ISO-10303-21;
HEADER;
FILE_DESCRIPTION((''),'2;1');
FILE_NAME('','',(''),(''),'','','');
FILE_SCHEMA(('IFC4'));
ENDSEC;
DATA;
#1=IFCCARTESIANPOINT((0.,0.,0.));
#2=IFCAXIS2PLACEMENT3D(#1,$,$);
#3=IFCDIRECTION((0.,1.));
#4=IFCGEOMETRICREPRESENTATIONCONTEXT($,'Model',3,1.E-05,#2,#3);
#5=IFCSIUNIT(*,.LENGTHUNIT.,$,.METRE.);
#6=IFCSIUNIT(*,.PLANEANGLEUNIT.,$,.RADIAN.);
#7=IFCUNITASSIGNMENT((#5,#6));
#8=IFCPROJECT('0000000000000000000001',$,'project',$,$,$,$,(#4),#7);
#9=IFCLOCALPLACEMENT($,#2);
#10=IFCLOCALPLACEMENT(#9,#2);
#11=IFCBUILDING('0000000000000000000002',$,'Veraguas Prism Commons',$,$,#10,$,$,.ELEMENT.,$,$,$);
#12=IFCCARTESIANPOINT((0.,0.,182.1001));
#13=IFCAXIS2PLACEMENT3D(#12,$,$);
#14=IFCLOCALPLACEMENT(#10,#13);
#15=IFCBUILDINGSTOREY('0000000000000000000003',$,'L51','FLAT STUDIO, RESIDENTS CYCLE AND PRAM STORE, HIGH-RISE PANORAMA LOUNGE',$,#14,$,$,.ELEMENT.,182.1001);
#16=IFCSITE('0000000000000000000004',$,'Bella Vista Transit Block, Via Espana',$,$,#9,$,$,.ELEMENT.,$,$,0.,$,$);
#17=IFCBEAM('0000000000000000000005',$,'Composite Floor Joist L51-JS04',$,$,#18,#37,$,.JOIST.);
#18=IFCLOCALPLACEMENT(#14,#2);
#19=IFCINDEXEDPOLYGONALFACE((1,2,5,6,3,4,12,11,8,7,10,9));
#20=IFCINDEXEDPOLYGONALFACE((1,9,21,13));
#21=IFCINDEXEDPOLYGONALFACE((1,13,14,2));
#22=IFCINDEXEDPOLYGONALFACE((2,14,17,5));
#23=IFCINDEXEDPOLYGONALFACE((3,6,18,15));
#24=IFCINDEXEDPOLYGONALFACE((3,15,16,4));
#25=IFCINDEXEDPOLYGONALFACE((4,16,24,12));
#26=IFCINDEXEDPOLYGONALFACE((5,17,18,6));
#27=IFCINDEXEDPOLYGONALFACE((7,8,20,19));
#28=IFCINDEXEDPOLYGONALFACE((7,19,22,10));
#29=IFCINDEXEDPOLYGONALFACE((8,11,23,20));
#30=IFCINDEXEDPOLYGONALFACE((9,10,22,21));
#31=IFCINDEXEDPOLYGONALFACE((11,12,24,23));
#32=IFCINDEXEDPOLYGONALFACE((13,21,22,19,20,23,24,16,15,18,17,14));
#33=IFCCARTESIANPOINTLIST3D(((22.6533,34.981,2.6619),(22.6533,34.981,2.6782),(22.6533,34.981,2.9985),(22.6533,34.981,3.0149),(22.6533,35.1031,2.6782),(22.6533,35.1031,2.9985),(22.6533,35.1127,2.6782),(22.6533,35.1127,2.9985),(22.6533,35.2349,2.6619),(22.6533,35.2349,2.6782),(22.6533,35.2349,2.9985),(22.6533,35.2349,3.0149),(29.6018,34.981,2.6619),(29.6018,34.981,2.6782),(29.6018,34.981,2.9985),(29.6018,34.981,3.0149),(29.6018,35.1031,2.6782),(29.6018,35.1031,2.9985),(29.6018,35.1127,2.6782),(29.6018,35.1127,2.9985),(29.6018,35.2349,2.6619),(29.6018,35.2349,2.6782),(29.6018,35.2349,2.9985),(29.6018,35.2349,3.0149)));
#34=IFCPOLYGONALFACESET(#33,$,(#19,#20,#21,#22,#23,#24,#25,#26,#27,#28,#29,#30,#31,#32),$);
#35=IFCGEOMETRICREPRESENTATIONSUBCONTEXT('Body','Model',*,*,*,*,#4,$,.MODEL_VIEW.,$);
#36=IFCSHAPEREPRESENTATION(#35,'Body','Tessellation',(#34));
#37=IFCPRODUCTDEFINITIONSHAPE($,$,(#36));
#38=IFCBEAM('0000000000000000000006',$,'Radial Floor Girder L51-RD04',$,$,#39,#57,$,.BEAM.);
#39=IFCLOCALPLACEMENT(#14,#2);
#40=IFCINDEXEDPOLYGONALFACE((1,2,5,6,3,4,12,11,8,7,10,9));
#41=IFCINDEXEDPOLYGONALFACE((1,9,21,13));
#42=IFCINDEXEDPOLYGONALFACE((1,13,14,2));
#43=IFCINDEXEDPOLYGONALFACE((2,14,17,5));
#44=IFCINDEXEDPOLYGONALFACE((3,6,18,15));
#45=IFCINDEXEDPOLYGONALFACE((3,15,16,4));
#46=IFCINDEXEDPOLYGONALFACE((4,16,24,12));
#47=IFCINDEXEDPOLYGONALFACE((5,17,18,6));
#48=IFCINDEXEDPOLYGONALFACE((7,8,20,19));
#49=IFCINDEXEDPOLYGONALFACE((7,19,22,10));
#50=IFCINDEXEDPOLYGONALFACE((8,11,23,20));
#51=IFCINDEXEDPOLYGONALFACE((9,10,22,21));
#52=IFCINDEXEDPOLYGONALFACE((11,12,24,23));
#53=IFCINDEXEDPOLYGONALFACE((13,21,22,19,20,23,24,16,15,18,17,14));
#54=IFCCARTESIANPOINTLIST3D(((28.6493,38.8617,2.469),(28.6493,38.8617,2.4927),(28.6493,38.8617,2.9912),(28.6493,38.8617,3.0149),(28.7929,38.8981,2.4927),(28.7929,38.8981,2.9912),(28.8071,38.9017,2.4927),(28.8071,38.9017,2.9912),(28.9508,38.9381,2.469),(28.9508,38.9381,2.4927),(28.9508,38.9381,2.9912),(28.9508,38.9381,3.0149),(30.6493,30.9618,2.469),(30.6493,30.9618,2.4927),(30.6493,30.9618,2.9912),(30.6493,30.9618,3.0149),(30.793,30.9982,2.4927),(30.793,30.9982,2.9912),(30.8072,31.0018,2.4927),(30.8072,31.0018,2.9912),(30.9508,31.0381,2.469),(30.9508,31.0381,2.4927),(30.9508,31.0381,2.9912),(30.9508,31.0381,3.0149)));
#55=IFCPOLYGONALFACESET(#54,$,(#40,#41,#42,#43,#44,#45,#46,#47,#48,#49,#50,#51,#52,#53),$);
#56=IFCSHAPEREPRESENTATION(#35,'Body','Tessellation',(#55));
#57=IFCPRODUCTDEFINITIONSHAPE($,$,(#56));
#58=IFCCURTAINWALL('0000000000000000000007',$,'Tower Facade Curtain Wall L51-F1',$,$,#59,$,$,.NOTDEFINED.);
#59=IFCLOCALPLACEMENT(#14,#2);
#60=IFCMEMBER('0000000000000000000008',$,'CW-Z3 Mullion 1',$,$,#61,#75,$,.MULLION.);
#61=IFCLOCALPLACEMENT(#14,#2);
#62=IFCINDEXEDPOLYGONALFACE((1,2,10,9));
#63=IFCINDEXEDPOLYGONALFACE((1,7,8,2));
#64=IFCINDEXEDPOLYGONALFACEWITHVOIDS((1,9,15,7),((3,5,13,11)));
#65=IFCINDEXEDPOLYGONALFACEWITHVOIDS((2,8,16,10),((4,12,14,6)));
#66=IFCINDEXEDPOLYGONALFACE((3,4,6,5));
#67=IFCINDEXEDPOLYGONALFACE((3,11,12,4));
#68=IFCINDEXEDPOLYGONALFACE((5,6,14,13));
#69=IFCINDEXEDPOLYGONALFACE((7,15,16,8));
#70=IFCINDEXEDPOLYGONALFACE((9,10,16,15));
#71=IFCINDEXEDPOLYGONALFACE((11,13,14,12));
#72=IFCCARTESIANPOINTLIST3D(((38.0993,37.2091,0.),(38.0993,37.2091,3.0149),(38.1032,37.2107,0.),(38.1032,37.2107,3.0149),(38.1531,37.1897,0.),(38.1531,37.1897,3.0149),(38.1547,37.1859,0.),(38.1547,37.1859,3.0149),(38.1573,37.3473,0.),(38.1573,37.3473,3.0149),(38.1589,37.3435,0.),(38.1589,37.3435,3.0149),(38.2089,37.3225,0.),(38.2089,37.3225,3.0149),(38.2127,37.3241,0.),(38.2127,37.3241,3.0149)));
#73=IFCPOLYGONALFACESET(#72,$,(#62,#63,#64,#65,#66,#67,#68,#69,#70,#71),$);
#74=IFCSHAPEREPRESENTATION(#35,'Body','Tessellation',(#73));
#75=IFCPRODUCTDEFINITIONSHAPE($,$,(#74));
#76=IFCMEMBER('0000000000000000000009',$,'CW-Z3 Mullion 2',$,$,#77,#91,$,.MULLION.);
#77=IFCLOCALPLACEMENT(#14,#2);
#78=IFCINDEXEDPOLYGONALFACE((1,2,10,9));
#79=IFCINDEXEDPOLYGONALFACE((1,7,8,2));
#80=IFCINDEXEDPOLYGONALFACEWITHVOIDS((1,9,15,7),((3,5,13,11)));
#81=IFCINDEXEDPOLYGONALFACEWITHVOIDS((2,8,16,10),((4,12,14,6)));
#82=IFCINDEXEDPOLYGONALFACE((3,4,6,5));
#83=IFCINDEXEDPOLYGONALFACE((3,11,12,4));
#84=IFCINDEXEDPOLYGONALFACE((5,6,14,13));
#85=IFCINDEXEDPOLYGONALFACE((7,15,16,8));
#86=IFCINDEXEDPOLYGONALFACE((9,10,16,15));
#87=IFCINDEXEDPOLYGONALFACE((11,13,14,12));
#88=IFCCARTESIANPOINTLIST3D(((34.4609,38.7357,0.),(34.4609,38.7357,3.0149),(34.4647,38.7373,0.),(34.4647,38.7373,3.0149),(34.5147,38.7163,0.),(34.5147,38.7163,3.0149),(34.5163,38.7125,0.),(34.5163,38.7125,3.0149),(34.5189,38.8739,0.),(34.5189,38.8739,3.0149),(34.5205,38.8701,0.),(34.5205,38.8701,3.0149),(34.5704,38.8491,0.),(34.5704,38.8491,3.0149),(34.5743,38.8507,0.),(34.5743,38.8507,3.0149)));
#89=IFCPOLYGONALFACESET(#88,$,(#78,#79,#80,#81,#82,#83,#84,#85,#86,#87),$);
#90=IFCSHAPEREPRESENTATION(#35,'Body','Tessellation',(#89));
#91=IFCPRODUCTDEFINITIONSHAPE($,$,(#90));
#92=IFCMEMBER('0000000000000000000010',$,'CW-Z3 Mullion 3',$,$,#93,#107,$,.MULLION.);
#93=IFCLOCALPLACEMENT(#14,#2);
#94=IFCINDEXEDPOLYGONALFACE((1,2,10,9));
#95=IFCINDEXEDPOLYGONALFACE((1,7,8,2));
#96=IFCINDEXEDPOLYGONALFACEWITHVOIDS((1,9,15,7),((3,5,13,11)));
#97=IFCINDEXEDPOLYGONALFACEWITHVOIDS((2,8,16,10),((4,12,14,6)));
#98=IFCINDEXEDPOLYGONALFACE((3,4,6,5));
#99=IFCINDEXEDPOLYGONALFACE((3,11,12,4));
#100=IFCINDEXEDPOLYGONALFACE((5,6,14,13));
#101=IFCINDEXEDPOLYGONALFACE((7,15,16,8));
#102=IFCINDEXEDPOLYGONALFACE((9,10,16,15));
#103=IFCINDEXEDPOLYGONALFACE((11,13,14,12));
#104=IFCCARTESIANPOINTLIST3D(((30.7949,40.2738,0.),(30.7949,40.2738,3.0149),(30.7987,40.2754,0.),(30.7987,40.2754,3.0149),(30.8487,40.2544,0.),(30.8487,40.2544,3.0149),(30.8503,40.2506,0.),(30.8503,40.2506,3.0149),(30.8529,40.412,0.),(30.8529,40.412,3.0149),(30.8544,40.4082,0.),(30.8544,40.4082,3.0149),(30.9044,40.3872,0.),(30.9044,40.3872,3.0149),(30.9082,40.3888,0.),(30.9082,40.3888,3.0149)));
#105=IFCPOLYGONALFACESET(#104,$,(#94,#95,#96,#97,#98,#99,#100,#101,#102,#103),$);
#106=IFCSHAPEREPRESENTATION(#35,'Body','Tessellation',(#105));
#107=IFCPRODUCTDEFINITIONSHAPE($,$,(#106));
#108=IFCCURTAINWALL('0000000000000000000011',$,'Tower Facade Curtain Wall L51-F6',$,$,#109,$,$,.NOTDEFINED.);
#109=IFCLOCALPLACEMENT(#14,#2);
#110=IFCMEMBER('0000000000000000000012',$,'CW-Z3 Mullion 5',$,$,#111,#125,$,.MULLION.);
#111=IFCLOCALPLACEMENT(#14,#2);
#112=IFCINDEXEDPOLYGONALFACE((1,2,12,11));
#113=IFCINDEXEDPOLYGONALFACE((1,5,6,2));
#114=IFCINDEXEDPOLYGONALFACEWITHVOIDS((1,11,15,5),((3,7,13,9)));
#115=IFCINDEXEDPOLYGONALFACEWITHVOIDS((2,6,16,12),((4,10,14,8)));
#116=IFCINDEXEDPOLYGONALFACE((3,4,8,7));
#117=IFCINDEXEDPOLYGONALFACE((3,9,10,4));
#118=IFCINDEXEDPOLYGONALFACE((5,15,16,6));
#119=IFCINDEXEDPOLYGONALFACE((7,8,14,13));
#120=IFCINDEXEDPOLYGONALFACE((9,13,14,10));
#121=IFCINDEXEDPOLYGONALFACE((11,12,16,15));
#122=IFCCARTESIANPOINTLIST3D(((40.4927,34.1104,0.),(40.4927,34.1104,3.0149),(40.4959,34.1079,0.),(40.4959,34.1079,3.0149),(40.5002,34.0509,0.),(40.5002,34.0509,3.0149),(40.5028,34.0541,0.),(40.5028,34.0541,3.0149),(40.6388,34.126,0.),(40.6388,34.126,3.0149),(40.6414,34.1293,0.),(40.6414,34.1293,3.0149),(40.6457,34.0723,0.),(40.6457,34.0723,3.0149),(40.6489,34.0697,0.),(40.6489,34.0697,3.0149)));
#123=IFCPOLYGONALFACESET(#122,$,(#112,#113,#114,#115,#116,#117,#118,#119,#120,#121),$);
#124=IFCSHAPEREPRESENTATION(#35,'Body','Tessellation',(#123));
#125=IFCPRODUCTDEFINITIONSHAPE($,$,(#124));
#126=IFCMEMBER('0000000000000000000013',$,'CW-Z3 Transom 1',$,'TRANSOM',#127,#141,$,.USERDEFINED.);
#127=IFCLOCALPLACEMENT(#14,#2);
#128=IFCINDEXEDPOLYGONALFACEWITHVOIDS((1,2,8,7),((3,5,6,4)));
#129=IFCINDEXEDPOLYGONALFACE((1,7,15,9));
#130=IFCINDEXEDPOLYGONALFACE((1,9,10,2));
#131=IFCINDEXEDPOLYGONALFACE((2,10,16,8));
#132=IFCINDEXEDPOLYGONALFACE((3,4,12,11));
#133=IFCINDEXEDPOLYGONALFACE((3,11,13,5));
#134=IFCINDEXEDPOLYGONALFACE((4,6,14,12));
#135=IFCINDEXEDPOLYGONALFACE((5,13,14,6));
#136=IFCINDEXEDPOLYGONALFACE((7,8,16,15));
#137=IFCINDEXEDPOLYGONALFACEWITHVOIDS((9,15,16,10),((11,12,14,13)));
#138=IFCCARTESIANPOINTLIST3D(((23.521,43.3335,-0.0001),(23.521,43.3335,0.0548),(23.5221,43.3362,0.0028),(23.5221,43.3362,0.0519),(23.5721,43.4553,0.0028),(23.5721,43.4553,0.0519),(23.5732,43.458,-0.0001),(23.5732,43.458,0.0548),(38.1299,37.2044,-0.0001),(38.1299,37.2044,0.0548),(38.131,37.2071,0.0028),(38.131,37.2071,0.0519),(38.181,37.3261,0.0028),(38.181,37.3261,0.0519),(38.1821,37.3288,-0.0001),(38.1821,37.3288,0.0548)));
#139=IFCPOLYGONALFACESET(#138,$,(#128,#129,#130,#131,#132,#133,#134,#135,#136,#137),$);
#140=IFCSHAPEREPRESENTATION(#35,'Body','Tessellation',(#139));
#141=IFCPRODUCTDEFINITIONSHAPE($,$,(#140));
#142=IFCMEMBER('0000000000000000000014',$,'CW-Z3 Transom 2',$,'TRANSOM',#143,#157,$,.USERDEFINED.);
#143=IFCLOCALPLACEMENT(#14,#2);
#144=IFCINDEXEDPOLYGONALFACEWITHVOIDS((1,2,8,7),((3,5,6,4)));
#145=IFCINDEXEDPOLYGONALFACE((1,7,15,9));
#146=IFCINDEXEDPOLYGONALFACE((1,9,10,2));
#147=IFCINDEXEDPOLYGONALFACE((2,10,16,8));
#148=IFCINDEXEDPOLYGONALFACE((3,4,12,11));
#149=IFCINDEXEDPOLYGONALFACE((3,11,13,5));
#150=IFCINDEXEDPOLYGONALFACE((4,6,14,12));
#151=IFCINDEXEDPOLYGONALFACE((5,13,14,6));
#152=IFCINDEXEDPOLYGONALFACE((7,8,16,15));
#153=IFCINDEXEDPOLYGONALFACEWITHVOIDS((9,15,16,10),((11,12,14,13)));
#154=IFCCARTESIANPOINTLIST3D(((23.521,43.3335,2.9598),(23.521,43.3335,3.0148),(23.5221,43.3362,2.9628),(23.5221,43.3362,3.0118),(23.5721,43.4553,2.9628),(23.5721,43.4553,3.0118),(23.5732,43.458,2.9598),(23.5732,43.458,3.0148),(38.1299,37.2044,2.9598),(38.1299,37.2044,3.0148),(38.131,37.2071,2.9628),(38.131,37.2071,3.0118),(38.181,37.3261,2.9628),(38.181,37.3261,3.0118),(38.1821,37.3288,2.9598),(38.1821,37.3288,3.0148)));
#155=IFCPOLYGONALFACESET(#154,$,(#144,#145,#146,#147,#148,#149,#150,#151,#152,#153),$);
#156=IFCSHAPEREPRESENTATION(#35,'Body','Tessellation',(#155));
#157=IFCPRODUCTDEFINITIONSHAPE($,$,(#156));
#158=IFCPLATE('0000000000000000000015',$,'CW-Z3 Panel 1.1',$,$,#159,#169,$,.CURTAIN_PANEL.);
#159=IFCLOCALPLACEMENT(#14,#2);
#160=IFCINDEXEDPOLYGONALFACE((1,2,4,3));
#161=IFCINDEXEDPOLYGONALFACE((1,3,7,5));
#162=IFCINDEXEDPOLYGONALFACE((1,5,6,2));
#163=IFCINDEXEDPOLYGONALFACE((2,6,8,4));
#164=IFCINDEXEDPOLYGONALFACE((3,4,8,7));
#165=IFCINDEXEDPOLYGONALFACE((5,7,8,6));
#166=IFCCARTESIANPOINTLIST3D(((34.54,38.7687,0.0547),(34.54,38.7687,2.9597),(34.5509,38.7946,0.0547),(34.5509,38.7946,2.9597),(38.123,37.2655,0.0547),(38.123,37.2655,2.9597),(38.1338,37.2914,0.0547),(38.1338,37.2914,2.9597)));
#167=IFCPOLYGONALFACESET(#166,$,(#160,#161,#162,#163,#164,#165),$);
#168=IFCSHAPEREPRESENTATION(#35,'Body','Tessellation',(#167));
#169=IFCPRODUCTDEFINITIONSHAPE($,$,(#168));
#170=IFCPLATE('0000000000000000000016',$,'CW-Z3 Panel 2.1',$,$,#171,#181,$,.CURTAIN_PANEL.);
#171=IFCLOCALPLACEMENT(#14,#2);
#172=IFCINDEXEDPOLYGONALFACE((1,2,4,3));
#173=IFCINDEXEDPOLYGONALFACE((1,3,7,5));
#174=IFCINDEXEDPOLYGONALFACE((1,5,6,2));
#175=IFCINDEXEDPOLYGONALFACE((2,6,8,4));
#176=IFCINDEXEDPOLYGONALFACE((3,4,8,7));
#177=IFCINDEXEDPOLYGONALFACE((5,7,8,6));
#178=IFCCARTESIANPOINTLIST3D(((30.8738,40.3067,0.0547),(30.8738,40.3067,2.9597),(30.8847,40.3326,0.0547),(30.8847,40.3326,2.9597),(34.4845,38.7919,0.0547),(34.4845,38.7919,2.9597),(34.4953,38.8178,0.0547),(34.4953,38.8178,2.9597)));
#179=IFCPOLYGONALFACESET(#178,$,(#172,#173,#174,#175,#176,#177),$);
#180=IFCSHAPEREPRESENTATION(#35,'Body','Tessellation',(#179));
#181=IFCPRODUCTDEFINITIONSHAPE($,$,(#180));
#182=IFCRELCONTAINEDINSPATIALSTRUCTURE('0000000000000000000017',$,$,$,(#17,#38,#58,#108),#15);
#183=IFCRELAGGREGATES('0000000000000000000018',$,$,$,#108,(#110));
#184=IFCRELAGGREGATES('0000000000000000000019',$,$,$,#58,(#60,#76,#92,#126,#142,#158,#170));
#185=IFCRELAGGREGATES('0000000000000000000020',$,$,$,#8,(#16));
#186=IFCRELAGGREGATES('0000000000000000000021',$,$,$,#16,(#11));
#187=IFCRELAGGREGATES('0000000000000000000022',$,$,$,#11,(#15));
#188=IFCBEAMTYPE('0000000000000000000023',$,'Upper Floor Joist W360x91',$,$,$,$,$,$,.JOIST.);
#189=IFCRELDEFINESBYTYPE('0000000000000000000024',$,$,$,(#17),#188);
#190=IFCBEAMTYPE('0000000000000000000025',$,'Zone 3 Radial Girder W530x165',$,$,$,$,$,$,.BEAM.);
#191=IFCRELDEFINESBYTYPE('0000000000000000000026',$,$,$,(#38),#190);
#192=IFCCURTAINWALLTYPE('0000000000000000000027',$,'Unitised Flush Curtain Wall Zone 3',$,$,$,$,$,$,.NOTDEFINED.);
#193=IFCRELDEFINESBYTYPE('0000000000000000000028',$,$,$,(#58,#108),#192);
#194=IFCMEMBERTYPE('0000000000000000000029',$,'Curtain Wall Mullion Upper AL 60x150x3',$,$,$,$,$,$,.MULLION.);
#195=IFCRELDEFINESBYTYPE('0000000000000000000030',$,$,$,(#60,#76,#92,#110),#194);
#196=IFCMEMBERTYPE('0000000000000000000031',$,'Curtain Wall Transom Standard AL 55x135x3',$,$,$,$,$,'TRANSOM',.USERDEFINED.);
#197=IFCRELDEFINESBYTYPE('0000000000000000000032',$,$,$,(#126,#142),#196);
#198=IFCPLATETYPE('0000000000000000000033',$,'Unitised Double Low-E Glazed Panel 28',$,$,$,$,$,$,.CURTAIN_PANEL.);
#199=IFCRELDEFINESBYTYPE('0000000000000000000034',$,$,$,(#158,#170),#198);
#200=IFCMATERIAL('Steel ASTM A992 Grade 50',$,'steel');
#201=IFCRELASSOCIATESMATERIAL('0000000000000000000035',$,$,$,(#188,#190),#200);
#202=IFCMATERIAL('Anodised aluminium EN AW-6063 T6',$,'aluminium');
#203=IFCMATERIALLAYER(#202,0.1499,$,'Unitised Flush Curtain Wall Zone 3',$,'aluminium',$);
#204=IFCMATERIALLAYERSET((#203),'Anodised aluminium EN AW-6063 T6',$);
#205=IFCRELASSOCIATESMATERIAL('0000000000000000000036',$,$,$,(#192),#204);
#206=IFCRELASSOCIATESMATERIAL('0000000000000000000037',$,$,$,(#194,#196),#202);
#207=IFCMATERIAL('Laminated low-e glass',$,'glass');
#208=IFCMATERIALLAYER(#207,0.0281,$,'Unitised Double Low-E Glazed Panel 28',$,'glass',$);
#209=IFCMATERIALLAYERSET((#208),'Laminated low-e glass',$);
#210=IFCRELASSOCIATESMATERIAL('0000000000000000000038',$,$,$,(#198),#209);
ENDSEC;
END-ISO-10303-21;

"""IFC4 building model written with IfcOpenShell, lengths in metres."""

from ifc_helpers import new_model, si_unit, direction, frame, origin, origin_2d, place, context, subcontext, project, spatial, rectangle, hollow_rectangle, i_section, extrude, source, transform, mapped, material, layer, layer_set, material_profile, profile_set, type_object, element, aggregate, save


model = new_model("IFC4")

# Units and contexts
model_context = context("Model", 3, precision=1e-05, world=origin(), true_north=direction((0.0, 1.0)))
body_context = subcontext(model_context, "Body", "Model", "MODEL_VIEW")
ifc_project = project(units=[si_unit("LENGTHUNIT", "METRE"), si_unit("PLANEANGLEUNIT", "RADIAN")], contexts=[model_context])

# Site, building, storey
site_placement = place(None, origin())
site = spatial("IfcSite", under=ifc_project, at=site_placement, Name="Bella Vista Transit Block, Via Espana", CompositionType="ELEMENT", RefElevation=0.0)
building_placement = place(site_placement, origin())
building = spatial("IfcBuilding", under=site, at=building_placement, Name="Veraguas Prism Commons", CompositionType="ELEMENT")
storey_placement = place(building_placement, frame((0.0, 0.0, 182.1001)))
storey = spatial("IfcBuildingStorey", under=building, at=storey_placement, Name="L51", Description="FLAT STUDIO, RESIDENTS CYCLE AND PRAM STORE, HIGH-RISE PANORAMA LOUNGE", CompositionType="ELEMENT", Elevation=182.1001)

# Beams
ifc_material_1 = material(Name="Steel ASTM A992 Grade 50", Category="steel")
ifc_material_profile_1 = material_profile(ifc_material_1, i_section(OverallWidth=0.2539, OverallDepth=0.353, WebThickness=0.0095, FlangeThickness=0.0164, at=origin_2d()), Name="W360X91")
ifc_profile_set_1 = profile_set([ifc_material_profile_1], Name="Steel ASTM A992 Grade 50")
beam_type_1 = type_object("IfcBeamType", Name="Upper Floor Joist W360x91", PredefinedType="JOIST", material=ifc_profile_set_1)
beam_1_placement = place(storey_placement, frame((29.6018, 35.1079, 2.8384), z_axis=(-1.0, 0.0, 0.0), x_axis=(0.0, -1.0, 0.0)))
element("IfcBeam", 1, at=beam_1_placement, inside=storey, type_object=beam_type_1, Name="Composite Floor Joist L51-JS04", PredefinedType="JOIST", context=body_context, shape_type="SweptSolid", body=[
    extrude(i_section(OverallWidth=0.2539, OverallDepth=0.353, WebThickness=0.0095, FlangeThickness=0.0164, at=origin_2d()), origin(), (0.0, 0.0, 1.0), 6.9485),
])
ifc_material_profile_2 = material_profile(ifc_material_1, i_section(OverallWidth=0.311, OverallDepth=0.5459, WebThickness=0.0146, FlangeThickness=0.0237, at=origin_2d()), Name="W530X165")
ifc_profile_set_2 = profile_set([ifc_material_profile_2], Name="Steel ASTM A992 Grade 50")
beam_type_2 = type_object("IfcBeamType", Name="Zone 3 Radial Girder W530x165", PredefinedType="BEAM", material=ifc_profile_set_2)
beam_2_placement = place(storey_placement, frame((28.8, 38.8999, 2.7419), z_axis=(0.245425, -0.969416, 0.0), x_axis=(0.969416, 0.245425, 0.0)))
element("IfcBeam", 2, at=beam_2_placement, inside=storey, type_object=beam_type_2, Name="Radial Floor Girder L51-RD04", PredefinedType="BEAM", context=body_context, shape_type="SweptSolid", body=[
    extrude(i_section(OverallWidth=0.311, OverallDepth=0.5459, WebThickness=0.0146, FlangeThickness=0.0237, at=origin_2d()), origin(), (0.0, 0.0, 1.0), 8.1492),
])

# Curtain wall, members
ifc_material_2 = material(Name="Anodised aluminium EN AW-6063 T6", Category="aluminium")
ifc_layer_1 = layer(ifc_material_2, 0.1499, Name="Unitised Flush Curtain Wall Zone 3", Category="aluminium")
ifc_layer_set_1 = layer_set([ifc_layer_1], Name="Anodised aluminium EN AW-6063 T6")
curtain_wall_type = type_object("IfcCurtainWallType", Name="Unitised Flush Curtain Wall Zone 3", PredefinedType="NOTDEFINED", material=ifc_layer_set_1)
curtain_wall_1_placement = place(storey_placement, origin())
curtain_wall_1 = element("IfcCurtainWall", 3, at=curtain_wall_1_placement, inside=storey, type_object=curtain_wall_type, Name="Tower Facade Curtain Wall L51-F1", PredefinedType="NOTDEFINED")
ifc_material_profile_3 = material_profile(ifc_material_2, hollow_rectangle(XDim=0.0601, YDim=0.1499, WallThickness=0.0029, at=origin_2d()), Name="AL60X150X3")
ifc_profile_set_3 = profile_set([ifc_material_profile_3], Name="Anodised aluminium EN AW-6063 T6")
member_type_1 = type_object("IfcMemberType", Name="Curtain Wall Mullion Upper AL 60x150x3", PredefinedType="MULLION", material=ifc_profile_set_3)
shared_shape_1 = source(origin(), body_context, "Body", "SweptSolid", [
    extrude(hollow_rectangle(XDim=0.0601, YDim=0.1499, WallThickness=0.0029, at=origin_2d()), origin(), (0.0, 0.0, 1.0), 3.0149),
])
member_1_placement = place(storey_placement, frame((38.156, 37.2666, 0.0), z_axis=(0.0, 0.0, 1.0), x_axis=(-0.922134, 0.38687, 0.0)))
member_1 = element("IfcMember", 4, at=member_1_placement, type_object=member_type_1, Name="CW-Z3 Mullion 1", PredefinedType="MULLION", context=body_context, shape_type="MappedRepresentation", body=[
    mapped(shared_shape_1, transform((0.0, 0.0, 0.0), scale=1.0)),
])
member_2_placement = place(storey_placement, frame((34.5176, 38.7932, 0.0), z_axis=(0.0, 0.0, 1.0), x_axis=(-0.922134, 0.38687, 0.0)))
member_2 = element("IfcMember", 5, at=member_2_placement, type_object=member_type_1, Name="CW-Z3 Mullion 2", PredefinedType="MULLION", context=body_context, shape_type="MappedRepresentation", body=[
    mapped(shared_shape_1, transform((0.0, 0.0, 0.0), scale=1.0)),
])
member_3_placement = place(storey_placement, frame((30.8516, 40.3313, 0.0), z_axis=(0.0, 0.0, 1.0), x_axis=(-0.922134, 0.38687, 0.0)))
member_3 = element("IfcMember", 6, at=member_3_placement, type_object=member_type_1, Name="CW-Z3 Mullion 3", PredefinedType="MULLION", context=body_context, shape_type="MappedRepresentation", body=[
    mapped(shared_shape_1, transform((0.0, 0.0, 0.0), scale=1.0)),
])

# Curtain wall, member
curtain_wall_2_placement = place(storey_placement, origin())
curtain_wall_2 = element("IfcCurtainWall", 7, at=curtain_wall_2_placement, inside=storey, type_object=curtain_wall_type, Name="Tower Facade Curtain Wall L51-F6", PredefinedType="NOTDEFINED")
member_4_placement = place(storey_placement, frame((40.5708, 34.0901, 0.0), z_axis=(0.0, 0.0, 1.0), x_axis=(-0.126019, 0.992028, 0.0)))
member_4 = element("IfcMember", 8, at=member_4_placement, type_object=member_type_1, Name="CW-Z3 Mullion 5", PredefinedType="MULLION", context=body_context, shape_type="MappedRepresentation", body=[
    mapped(shared_shape_1, transform((0.0, 0.0, 0.0), scale=1.0)),
])
aggregate(curtain_wall_2, [member_4])

# Members
ifc_material_profile_4 = material_profile(ifc_material_2, hollow_rectangle(XDim=0.0549, YDim=0.135, WallThickness=0.0029, at=origin_2d()), Name="AL55X135X3")
ifc_profile_set_4 = profile_set([ifc_material_profile_4], Name="Anodised aluminium EN AW-6063 T6")
member_type_2 = type_object("IfcMemberType", Name="Curtain Wall Transom Standard AL 55x135x3", ElementType="TRANSOM", PredefinedType="USERDEFINED", material=ifc_profile_set_4)
shared_shape_2 = source(origin(), body_context, "Body", "SweptSolid", [
    extrude(hollow_rectangle(XDim=0.0549, YDim=0.135, WallThickness=0.0029, at=origin_2d()), origin(), (0.0, 0.0, 1.0), 15.8425),
])
member_5_placement = place(storey_placement, frame((38.156, 37.2666, 0.0273), z_axis=(-0.92213, 0.386879, 0.0), x_axis=(0.0, 0.0, 1.0)))
member_5 = element("IfcMember", 9, at=member_5_placement, type_object=member_type_2, Name="CW-Z3 Transom 1", ObjectType="TRANSOM", PredefinedType="USERDEFINED", context=body_context, shape_type="MappedRepresentation", body=[
    mapped(shared_shape_2, transform((0.0, 0.0, 0.0), scale=1.0)),
])
member_6_placement = place(storey_placement, frame((38.156, 37.2666, 2.9873), z_axis=(-0.92213, 0.386879, 0.0), x_axis=(0.0, 0.0, 1.0)))
member_6 = element("IfcMember", 10, at=member_6_placement, type_object=member_type_2, Name="CW-Z3 Transom 2", ObjectType="TRANSOM", PredefinedType="USERDEFINED", context=body_context, shape_type="MappedRepresentation", body=[
    mapped(shared_shape_2, transform((0.0, 0.0, 0.0), scale=1.0)),
])

# Plates
ifc_material_3 = material(Name="Laminated low-e glass", Category="glass")
ifc_layer_2 = layer(ifc_material_3, 0.0281, Name="Unitised Double Low-E Glazed Panel 28", Category="glass")
ifc_layer_set_2 = layer_set([ifc_layer_2], Name="Laminated low-e glass")
plate_type = type_object("IfcPlateType", Name="Unitised Double Low-E Glazed Panel 28", PredefinedType="CURTAIN_PANEL", material=ifc_layer_set_2)
shared_shape_3 = source(origin(), body_context, "Body", "SweptSolid", [
    extrude(rectangle(XDim=3.8855, YDim=0.0281, at=origin_2d()), origin(), (0.0, 0.0, 1.0), 2.905),
])
plate_1_placement = place(storey_placement, frame((36.3369, 38.03, 0.0547), z_axis=(0.0, 0.0, 1.0), x_axis=(-0.922134, 0.38687, 0.0)))
plate_1 = element("IfcPlate", 11, at=plate_1_placement, type_object=plate_type, Name="CW-Z3 Panel 1.1", PredefinedType="CURTAIN_PANEL", context=body_context, shape_type="MappedRepresentation", body=[
    mapped(shared_shape_3, transform((0.0, 0.0, 0.0), scale=1.0)),
])
shared_shape_4 = source(origin(), body_context, "Body", "SweptSolid", [
    extrude(rectangle(XDim=3.9155, YDim=0.0281, at=origin_2d()), origin(), (0.0, 0.0, 1.0), 2.905),
])
plate_2_placement = place(storey_placement, frame((32.6846, 39.5623, 0.0547), z_axis=(0.0, 0.0, 1.0), x_axis=(-0.922134, 0.38687, 0.0)))
plate_2 = element("IfcPlate", 12, at=plate_2_placement, type_object=plate_type, Name="CW-Z3 Panel 2.1", PredefinedType="CURTAIN_PANEL", context=body_context, shape_type="MappedRepresentation", body=[
    mapped(shared_shape_4, transform((0.0, 0.0, 0.0), scale=1.0)),
])
aggregate(curtain_wall_1, [member_1, member_2, member_3, member_5, member_6, plate_1, plate_2])

save(model, "model.ifc")
